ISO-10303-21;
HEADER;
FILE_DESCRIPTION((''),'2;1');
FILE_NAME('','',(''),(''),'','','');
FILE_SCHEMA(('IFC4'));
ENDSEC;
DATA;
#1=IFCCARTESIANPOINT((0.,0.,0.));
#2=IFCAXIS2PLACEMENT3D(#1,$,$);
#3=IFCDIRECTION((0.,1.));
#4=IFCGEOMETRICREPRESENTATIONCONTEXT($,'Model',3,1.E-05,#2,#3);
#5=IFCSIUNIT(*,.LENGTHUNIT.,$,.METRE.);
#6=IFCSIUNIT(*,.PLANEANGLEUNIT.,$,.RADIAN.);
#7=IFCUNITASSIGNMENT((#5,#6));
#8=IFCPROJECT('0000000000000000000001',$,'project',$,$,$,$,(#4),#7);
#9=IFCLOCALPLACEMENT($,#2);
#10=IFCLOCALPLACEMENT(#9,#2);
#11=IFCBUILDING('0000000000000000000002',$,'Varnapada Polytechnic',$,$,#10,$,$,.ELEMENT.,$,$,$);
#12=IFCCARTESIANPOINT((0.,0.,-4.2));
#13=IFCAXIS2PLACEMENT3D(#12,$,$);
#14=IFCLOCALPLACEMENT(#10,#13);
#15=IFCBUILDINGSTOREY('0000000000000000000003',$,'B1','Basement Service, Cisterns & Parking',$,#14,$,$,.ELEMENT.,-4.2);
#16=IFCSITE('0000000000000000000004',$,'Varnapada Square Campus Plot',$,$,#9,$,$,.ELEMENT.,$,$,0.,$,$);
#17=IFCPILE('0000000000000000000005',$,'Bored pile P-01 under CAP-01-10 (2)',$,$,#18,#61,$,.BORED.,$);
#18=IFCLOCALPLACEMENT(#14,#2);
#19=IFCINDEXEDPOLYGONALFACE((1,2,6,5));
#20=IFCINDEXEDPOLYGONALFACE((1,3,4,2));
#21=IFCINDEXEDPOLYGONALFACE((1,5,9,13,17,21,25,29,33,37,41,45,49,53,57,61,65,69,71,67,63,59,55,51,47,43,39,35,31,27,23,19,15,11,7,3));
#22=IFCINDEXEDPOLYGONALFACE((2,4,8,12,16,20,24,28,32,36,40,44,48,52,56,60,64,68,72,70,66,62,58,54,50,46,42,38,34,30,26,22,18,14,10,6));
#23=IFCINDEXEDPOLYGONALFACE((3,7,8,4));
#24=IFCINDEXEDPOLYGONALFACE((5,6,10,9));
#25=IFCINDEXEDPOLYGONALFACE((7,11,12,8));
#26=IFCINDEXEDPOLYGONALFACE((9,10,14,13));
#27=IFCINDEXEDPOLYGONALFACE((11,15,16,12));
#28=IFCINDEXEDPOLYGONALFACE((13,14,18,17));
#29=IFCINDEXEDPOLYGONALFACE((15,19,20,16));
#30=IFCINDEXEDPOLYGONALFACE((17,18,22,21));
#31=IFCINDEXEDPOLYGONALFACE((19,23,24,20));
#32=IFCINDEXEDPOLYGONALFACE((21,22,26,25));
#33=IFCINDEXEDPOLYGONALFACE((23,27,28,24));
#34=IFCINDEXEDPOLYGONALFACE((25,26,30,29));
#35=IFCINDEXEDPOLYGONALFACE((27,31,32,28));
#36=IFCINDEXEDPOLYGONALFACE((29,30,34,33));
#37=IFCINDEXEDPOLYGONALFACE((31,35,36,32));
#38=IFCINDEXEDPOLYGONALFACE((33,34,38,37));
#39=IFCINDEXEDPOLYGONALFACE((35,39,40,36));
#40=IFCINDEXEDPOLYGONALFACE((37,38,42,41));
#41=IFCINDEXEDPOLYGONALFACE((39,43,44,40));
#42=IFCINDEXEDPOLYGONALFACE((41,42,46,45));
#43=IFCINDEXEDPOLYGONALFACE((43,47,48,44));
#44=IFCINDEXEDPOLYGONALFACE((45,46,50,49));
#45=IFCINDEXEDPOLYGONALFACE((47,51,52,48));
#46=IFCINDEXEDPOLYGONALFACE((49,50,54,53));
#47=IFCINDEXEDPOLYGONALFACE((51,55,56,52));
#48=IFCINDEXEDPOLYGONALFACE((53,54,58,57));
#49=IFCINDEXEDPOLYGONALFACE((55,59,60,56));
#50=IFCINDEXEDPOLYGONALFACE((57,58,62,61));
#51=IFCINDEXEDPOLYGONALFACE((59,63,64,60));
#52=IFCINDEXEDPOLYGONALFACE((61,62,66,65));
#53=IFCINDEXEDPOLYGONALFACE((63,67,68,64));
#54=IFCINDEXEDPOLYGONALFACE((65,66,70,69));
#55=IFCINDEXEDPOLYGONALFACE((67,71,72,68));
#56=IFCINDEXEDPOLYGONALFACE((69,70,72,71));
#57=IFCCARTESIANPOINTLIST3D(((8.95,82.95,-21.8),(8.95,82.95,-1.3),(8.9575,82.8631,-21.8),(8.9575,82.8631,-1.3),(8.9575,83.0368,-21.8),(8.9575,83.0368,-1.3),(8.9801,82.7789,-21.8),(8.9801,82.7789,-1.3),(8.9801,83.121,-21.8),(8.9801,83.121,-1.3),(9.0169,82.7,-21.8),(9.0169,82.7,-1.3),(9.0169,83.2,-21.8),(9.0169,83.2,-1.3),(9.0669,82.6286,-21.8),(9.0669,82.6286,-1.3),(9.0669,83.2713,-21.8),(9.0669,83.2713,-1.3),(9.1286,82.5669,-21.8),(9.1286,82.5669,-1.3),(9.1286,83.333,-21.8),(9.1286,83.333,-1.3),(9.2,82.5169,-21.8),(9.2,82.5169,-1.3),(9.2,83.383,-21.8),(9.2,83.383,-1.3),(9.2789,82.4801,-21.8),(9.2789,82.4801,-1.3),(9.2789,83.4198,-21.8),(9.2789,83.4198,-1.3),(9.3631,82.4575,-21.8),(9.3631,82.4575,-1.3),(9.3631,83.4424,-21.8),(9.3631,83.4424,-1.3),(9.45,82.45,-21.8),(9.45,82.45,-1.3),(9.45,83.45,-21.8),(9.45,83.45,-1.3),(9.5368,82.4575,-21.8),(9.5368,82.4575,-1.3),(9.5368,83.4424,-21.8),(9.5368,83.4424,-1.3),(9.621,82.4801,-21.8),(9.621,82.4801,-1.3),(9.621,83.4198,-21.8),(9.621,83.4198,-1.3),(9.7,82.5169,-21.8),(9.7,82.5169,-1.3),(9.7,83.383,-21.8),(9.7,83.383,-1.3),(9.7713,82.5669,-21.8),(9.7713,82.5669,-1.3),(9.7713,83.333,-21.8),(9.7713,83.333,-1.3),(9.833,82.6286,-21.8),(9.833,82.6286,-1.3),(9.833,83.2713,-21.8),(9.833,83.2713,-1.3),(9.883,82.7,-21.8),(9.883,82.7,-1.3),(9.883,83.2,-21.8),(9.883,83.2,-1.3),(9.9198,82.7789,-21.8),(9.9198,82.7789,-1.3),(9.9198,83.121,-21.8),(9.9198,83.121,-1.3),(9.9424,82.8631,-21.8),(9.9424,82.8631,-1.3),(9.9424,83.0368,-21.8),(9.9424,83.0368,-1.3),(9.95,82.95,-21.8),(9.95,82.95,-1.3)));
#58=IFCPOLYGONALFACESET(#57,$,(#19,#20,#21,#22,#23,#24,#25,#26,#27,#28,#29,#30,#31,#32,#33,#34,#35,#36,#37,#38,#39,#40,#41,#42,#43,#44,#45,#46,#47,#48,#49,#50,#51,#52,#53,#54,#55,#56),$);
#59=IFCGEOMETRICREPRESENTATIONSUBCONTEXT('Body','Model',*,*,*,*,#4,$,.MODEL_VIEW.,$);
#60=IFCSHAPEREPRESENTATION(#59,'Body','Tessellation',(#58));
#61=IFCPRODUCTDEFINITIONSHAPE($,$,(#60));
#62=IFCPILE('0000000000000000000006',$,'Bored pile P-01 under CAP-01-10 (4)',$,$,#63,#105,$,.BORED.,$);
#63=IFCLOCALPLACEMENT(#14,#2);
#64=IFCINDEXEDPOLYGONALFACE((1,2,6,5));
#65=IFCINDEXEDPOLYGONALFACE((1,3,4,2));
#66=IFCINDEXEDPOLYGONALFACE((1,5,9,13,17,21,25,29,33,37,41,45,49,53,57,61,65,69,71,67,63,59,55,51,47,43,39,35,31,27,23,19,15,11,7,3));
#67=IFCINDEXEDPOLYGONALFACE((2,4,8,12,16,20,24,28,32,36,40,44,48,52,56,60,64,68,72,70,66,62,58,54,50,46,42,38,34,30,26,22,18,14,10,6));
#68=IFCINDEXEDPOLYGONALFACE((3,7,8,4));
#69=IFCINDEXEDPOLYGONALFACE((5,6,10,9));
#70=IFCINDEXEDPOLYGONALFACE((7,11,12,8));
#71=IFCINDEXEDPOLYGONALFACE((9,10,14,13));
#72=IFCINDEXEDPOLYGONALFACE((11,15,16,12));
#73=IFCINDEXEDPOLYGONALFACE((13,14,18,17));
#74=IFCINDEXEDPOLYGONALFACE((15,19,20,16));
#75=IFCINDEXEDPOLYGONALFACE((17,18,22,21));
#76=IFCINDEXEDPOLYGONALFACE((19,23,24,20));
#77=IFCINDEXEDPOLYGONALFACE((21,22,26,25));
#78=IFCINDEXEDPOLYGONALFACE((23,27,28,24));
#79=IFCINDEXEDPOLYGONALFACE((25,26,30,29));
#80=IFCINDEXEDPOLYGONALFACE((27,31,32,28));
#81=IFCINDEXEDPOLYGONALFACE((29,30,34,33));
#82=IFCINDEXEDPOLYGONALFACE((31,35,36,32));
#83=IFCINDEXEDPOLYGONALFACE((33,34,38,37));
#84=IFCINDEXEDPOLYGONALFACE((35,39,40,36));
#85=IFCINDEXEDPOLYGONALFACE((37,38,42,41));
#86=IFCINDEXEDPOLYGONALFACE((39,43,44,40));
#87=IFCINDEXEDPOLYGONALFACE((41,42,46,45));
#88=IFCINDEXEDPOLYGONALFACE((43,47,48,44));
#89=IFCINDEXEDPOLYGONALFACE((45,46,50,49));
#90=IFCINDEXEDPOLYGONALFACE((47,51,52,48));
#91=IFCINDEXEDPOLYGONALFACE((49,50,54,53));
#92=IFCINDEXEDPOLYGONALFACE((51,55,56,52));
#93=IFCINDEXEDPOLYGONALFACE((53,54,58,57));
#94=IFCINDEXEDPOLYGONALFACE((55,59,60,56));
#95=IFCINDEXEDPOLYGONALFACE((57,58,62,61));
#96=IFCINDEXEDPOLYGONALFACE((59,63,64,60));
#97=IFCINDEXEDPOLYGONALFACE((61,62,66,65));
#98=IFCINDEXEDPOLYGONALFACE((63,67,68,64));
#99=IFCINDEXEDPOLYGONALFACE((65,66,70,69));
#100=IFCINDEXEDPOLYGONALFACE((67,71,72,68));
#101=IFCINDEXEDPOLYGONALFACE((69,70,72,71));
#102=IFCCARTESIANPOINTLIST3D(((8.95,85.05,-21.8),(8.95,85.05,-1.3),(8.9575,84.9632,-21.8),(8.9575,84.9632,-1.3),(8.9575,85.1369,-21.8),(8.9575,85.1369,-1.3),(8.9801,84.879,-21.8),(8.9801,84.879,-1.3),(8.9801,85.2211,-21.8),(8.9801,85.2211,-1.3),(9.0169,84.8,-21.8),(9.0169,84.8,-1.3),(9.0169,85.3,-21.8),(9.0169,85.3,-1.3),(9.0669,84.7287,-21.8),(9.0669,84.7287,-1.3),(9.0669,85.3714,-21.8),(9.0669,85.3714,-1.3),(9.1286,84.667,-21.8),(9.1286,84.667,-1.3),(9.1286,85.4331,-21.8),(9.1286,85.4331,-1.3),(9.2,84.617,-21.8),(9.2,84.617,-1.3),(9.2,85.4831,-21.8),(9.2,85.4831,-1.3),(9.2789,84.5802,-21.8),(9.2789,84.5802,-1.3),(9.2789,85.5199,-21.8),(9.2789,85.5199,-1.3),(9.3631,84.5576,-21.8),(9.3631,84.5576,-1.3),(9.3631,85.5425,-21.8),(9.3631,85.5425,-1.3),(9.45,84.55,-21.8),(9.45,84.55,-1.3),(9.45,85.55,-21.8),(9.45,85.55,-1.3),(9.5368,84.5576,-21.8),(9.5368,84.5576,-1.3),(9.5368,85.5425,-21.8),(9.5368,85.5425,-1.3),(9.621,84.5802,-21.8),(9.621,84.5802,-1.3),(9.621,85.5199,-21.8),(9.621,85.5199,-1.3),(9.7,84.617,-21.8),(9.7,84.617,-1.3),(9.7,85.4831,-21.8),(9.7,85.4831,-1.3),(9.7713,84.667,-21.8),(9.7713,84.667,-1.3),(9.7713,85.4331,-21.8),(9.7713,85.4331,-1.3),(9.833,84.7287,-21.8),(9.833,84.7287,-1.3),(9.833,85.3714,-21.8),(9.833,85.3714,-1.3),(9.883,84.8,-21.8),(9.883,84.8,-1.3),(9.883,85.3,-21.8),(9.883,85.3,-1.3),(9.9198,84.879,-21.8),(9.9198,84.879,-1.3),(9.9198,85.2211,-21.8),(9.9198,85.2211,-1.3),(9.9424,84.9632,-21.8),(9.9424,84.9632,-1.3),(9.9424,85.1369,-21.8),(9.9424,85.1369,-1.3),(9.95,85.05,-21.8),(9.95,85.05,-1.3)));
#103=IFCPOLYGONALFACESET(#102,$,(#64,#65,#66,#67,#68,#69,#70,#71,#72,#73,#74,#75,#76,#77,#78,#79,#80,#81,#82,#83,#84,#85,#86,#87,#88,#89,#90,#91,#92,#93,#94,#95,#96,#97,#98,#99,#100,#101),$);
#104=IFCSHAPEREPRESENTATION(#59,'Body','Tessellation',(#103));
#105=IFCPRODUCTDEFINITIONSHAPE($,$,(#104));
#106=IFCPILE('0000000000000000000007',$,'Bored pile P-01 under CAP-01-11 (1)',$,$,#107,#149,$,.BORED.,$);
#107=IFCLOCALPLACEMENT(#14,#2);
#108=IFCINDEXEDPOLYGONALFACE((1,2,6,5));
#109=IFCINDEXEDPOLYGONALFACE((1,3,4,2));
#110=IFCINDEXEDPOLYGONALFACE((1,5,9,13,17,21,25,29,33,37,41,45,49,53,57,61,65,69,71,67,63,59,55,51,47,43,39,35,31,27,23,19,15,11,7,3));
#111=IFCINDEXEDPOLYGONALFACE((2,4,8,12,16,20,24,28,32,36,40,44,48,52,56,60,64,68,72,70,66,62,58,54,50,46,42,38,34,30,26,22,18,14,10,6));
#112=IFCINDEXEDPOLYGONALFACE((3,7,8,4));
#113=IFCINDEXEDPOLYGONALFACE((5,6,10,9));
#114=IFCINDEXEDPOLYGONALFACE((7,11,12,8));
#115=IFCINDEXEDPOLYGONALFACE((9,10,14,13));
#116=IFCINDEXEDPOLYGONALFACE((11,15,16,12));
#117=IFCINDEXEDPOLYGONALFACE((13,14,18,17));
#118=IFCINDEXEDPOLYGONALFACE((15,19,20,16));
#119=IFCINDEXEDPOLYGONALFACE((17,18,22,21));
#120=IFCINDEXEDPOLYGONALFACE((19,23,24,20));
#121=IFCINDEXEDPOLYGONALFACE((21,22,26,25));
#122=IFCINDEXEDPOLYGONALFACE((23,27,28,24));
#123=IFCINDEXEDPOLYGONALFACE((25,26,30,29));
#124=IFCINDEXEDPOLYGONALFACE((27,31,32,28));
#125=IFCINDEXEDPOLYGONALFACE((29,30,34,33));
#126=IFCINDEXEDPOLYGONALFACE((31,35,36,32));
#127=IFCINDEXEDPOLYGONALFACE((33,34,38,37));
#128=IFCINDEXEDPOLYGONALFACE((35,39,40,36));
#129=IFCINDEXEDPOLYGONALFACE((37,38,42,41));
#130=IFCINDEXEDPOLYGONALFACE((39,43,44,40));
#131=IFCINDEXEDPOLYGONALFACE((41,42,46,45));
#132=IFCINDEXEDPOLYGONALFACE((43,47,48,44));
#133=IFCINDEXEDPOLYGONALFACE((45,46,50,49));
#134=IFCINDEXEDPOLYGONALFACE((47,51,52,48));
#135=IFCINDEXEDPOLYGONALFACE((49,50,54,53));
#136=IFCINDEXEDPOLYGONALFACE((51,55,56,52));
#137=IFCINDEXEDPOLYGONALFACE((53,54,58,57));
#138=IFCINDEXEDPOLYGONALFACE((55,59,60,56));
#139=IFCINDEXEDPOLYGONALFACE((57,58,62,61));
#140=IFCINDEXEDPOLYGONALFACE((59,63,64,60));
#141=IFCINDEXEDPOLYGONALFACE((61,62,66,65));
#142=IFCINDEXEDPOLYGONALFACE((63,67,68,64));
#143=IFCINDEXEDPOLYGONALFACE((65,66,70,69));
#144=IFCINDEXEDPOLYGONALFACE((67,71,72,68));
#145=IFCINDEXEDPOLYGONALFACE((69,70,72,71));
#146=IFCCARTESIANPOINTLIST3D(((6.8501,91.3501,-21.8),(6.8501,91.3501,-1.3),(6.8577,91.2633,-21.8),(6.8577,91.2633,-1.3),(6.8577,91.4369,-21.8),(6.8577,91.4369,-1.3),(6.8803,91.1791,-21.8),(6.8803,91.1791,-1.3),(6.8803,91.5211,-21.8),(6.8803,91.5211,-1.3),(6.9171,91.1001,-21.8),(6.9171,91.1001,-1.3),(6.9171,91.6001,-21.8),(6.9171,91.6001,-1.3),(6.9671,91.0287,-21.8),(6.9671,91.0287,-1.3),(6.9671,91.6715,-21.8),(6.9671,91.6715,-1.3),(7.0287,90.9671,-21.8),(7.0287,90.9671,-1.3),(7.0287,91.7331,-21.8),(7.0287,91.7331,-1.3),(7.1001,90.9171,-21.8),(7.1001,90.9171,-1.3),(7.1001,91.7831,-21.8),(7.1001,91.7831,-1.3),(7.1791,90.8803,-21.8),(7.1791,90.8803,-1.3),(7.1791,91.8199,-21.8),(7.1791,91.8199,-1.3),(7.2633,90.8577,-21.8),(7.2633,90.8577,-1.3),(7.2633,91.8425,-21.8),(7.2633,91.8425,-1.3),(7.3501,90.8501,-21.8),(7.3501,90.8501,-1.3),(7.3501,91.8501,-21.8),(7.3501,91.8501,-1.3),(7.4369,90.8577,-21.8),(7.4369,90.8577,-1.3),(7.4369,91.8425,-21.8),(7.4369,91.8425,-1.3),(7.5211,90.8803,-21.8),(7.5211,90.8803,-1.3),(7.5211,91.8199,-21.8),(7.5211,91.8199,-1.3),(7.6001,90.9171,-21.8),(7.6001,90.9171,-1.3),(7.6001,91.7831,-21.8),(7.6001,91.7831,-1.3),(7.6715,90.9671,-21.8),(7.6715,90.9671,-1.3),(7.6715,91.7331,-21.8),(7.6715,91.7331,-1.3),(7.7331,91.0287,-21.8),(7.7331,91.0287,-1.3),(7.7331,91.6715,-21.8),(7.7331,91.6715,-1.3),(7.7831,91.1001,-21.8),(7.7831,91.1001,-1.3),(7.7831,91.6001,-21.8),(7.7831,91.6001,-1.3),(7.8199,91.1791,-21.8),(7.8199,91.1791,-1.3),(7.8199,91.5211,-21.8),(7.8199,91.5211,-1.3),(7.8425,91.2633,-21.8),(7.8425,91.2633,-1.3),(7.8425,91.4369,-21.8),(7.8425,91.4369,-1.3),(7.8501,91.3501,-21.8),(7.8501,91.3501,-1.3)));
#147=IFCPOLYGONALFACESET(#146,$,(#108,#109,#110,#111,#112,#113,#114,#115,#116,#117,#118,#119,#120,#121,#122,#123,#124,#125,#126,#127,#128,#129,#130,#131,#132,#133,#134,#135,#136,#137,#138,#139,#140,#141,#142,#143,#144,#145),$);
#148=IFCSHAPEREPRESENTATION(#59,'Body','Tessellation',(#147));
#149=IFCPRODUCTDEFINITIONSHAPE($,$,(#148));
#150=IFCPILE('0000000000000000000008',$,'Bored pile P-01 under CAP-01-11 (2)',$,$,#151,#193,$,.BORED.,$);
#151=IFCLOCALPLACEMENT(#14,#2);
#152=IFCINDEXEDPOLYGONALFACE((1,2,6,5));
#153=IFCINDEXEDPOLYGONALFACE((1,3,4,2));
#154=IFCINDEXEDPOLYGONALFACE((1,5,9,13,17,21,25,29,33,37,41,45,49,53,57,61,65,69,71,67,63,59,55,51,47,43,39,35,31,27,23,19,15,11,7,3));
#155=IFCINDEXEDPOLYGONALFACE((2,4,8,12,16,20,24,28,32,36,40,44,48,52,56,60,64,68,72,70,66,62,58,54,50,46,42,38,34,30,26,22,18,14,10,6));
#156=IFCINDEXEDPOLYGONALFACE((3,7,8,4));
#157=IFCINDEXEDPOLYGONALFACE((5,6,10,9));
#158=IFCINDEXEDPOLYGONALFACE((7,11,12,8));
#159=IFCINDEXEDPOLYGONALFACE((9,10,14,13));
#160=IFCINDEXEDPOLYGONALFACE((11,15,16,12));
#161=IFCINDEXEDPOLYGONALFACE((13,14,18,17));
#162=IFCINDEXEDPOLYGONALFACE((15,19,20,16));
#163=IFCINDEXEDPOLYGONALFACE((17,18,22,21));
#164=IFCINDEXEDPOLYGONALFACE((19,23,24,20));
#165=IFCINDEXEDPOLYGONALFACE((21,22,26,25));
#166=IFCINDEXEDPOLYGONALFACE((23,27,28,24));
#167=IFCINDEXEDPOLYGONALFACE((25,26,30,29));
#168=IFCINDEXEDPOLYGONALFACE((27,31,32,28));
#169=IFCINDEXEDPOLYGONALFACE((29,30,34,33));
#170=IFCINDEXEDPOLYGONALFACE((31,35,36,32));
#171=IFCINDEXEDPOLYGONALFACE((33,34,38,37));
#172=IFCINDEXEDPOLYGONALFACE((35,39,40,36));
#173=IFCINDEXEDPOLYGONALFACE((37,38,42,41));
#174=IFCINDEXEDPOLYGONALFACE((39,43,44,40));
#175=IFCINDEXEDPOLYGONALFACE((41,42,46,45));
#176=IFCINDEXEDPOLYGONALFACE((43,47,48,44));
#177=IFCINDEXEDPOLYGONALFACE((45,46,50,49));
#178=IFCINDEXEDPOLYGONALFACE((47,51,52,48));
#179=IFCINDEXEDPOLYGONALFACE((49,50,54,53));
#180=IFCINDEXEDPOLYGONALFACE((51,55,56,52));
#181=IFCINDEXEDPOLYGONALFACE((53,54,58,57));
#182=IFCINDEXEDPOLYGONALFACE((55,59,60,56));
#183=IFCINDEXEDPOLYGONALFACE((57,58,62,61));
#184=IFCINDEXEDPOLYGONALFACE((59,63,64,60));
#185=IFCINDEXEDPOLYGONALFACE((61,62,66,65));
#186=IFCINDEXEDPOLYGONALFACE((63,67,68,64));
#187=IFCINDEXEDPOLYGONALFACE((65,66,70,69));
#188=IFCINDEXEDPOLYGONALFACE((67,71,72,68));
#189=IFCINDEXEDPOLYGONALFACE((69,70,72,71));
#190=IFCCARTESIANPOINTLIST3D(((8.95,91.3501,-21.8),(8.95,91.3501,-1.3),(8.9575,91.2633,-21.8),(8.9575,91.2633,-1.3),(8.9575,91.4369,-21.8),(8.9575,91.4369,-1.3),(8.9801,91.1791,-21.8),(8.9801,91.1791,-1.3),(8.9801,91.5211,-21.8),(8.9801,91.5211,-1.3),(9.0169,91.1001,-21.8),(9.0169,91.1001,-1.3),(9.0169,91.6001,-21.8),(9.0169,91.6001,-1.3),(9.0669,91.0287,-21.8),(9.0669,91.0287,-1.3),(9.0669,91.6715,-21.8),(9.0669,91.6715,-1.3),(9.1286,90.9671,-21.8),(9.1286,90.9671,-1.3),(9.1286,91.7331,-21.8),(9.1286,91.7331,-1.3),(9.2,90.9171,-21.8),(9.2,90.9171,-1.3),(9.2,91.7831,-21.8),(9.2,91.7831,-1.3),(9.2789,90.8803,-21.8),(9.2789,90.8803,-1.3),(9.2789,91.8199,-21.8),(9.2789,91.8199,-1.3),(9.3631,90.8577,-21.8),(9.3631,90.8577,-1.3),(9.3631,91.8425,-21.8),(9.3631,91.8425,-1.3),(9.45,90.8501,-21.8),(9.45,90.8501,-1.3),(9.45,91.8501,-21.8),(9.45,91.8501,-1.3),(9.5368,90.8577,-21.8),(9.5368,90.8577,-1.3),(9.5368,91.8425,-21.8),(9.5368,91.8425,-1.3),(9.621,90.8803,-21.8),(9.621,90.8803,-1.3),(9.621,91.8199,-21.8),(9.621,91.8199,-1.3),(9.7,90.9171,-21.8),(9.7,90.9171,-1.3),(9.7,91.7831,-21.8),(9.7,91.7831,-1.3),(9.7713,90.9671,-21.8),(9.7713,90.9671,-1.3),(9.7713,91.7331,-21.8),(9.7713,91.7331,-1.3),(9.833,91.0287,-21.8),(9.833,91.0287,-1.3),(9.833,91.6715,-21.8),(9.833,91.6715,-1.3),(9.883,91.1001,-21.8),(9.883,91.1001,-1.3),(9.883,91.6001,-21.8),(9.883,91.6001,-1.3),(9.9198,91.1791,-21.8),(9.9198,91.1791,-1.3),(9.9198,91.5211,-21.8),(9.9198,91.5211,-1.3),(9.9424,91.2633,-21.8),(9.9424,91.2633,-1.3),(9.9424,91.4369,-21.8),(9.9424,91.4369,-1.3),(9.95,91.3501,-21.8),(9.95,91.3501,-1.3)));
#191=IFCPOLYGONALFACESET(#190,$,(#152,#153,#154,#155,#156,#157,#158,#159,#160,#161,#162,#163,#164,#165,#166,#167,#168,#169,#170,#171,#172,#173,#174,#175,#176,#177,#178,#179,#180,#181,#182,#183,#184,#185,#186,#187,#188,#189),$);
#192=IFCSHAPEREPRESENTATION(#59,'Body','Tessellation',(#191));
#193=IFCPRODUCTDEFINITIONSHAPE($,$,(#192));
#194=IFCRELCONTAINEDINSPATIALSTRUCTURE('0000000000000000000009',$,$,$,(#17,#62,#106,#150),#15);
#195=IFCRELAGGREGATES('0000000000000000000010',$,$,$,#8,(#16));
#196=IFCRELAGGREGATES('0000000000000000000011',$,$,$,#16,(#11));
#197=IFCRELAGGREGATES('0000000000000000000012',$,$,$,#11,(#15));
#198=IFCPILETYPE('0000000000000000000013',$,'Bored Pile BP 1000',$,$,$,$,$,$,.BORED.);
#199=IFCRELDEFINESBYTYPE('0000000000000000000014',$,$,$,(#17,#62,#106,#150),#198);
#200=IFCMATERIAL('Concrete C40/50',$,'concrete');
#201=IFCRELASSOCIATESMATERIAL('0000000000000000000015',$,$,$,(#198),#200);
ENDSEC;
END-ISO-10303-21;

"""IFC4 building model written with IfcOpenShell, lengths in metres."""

from ifc_helpers import new_model, si_unit, direction, frame, origin, origin_2d, place, context, subcontext, project, spatial, circle, extrude, material, material_profile, profile_set, type_object, element, save


model = new_model("IFC4")

# Units and contexts
model_context = context("Model", 3, precision=1e-05, world=origin(), true_north=direction((0.0, 1.0)))
body_context = subcontext(model_context, "Body", "Model", "MODEL_VIEW")
ifc_project = project(units=[si_unit("LENGTHUNIT", "METRE"), si_unit("PLANEANGLEUNIT", "RADIAN")], contexts=[model_context])

# Site, building, storey
site_placement = place(None, origin())
site = spatial("IfcSite", under=ifc_project, at=site_placement, Name="Varnapada Square Campus Plot", CompositionType="ELEMENT", RefElevation=0.0)
building_placement = place(site_placement, origin())
building = spatial("IfcBuilding", under=site, at=building_placement, Name="Varnapada Polytechnic", CompositionType="ELEMENT")
storey_placement = place(building_placement, frame((0.0, 0.0, -4.2)))
storey = spatial("IfcBuildingStorey", under=building, at=storey_placement, Name="B1", Description="Basement Service, Cisterns & Parking", CompositionType="ELEMENT", Elevation=-4.2)

# Piles
ifc_material_1 = material(Name="Concrete C40/50", Category="concrete")
ifc_material_profile_1 = material_profile(ifc_material_1, circle(Radius=0.5, at=origin_2d()), Name="BP 1000")
ifc_profile_set_1 = profile_set([ifc_material_profile_1], Name="Concrete C40/50")
pile_type_1 = type_object("IfcPileType", Name="Bored Pile BP 1000", PredefinedType="BORED", material=ifc_profile_set_1)
for number, where, z_axis, x_axis, name in (
    (1, (9.45, 82.95, -1.3), (0.0, 0.0, -1.0), (1.0, 0.0, 0.0), "Bored pile P-01 under CAP-01-10 (2)"),
    (2, (9.45, 85.05, -1.3), (0.0, 0.0, -1.0), (1.0, 0.0, 0.0), "Bored pile P-01 under CAP-01-10 (4)"),
    (3, (7.3501, 91.3501, -1.3), (0.0, 0.0, -1.0), (1.0, 0.0, 0.0), "Bored pile P-01 under CAP-01-11 (1)"),
    (4, (9.45, 91.3501, -1.3), (0.0, 0.0, -1.0), (1.0, 0.0, 0.0), "Bored pile P-01 under CAP-01-11 (2)"),
):
    element("IfcPile", number, at=place(storey_placement, frame(where, z_axis=z_axis, x_axis=x_axis)), inside=storey, type_object=pile_type_1, Name=name, PredefinedType="BORED", context=body_context, shape_type="SweptSolid", body=[
        extrude(circle(Radius=0.5, at=origin_2d()), origin(), (0.0, 0.0, 1.0), 20.5),
    ])

save(model, "model.ifc")
